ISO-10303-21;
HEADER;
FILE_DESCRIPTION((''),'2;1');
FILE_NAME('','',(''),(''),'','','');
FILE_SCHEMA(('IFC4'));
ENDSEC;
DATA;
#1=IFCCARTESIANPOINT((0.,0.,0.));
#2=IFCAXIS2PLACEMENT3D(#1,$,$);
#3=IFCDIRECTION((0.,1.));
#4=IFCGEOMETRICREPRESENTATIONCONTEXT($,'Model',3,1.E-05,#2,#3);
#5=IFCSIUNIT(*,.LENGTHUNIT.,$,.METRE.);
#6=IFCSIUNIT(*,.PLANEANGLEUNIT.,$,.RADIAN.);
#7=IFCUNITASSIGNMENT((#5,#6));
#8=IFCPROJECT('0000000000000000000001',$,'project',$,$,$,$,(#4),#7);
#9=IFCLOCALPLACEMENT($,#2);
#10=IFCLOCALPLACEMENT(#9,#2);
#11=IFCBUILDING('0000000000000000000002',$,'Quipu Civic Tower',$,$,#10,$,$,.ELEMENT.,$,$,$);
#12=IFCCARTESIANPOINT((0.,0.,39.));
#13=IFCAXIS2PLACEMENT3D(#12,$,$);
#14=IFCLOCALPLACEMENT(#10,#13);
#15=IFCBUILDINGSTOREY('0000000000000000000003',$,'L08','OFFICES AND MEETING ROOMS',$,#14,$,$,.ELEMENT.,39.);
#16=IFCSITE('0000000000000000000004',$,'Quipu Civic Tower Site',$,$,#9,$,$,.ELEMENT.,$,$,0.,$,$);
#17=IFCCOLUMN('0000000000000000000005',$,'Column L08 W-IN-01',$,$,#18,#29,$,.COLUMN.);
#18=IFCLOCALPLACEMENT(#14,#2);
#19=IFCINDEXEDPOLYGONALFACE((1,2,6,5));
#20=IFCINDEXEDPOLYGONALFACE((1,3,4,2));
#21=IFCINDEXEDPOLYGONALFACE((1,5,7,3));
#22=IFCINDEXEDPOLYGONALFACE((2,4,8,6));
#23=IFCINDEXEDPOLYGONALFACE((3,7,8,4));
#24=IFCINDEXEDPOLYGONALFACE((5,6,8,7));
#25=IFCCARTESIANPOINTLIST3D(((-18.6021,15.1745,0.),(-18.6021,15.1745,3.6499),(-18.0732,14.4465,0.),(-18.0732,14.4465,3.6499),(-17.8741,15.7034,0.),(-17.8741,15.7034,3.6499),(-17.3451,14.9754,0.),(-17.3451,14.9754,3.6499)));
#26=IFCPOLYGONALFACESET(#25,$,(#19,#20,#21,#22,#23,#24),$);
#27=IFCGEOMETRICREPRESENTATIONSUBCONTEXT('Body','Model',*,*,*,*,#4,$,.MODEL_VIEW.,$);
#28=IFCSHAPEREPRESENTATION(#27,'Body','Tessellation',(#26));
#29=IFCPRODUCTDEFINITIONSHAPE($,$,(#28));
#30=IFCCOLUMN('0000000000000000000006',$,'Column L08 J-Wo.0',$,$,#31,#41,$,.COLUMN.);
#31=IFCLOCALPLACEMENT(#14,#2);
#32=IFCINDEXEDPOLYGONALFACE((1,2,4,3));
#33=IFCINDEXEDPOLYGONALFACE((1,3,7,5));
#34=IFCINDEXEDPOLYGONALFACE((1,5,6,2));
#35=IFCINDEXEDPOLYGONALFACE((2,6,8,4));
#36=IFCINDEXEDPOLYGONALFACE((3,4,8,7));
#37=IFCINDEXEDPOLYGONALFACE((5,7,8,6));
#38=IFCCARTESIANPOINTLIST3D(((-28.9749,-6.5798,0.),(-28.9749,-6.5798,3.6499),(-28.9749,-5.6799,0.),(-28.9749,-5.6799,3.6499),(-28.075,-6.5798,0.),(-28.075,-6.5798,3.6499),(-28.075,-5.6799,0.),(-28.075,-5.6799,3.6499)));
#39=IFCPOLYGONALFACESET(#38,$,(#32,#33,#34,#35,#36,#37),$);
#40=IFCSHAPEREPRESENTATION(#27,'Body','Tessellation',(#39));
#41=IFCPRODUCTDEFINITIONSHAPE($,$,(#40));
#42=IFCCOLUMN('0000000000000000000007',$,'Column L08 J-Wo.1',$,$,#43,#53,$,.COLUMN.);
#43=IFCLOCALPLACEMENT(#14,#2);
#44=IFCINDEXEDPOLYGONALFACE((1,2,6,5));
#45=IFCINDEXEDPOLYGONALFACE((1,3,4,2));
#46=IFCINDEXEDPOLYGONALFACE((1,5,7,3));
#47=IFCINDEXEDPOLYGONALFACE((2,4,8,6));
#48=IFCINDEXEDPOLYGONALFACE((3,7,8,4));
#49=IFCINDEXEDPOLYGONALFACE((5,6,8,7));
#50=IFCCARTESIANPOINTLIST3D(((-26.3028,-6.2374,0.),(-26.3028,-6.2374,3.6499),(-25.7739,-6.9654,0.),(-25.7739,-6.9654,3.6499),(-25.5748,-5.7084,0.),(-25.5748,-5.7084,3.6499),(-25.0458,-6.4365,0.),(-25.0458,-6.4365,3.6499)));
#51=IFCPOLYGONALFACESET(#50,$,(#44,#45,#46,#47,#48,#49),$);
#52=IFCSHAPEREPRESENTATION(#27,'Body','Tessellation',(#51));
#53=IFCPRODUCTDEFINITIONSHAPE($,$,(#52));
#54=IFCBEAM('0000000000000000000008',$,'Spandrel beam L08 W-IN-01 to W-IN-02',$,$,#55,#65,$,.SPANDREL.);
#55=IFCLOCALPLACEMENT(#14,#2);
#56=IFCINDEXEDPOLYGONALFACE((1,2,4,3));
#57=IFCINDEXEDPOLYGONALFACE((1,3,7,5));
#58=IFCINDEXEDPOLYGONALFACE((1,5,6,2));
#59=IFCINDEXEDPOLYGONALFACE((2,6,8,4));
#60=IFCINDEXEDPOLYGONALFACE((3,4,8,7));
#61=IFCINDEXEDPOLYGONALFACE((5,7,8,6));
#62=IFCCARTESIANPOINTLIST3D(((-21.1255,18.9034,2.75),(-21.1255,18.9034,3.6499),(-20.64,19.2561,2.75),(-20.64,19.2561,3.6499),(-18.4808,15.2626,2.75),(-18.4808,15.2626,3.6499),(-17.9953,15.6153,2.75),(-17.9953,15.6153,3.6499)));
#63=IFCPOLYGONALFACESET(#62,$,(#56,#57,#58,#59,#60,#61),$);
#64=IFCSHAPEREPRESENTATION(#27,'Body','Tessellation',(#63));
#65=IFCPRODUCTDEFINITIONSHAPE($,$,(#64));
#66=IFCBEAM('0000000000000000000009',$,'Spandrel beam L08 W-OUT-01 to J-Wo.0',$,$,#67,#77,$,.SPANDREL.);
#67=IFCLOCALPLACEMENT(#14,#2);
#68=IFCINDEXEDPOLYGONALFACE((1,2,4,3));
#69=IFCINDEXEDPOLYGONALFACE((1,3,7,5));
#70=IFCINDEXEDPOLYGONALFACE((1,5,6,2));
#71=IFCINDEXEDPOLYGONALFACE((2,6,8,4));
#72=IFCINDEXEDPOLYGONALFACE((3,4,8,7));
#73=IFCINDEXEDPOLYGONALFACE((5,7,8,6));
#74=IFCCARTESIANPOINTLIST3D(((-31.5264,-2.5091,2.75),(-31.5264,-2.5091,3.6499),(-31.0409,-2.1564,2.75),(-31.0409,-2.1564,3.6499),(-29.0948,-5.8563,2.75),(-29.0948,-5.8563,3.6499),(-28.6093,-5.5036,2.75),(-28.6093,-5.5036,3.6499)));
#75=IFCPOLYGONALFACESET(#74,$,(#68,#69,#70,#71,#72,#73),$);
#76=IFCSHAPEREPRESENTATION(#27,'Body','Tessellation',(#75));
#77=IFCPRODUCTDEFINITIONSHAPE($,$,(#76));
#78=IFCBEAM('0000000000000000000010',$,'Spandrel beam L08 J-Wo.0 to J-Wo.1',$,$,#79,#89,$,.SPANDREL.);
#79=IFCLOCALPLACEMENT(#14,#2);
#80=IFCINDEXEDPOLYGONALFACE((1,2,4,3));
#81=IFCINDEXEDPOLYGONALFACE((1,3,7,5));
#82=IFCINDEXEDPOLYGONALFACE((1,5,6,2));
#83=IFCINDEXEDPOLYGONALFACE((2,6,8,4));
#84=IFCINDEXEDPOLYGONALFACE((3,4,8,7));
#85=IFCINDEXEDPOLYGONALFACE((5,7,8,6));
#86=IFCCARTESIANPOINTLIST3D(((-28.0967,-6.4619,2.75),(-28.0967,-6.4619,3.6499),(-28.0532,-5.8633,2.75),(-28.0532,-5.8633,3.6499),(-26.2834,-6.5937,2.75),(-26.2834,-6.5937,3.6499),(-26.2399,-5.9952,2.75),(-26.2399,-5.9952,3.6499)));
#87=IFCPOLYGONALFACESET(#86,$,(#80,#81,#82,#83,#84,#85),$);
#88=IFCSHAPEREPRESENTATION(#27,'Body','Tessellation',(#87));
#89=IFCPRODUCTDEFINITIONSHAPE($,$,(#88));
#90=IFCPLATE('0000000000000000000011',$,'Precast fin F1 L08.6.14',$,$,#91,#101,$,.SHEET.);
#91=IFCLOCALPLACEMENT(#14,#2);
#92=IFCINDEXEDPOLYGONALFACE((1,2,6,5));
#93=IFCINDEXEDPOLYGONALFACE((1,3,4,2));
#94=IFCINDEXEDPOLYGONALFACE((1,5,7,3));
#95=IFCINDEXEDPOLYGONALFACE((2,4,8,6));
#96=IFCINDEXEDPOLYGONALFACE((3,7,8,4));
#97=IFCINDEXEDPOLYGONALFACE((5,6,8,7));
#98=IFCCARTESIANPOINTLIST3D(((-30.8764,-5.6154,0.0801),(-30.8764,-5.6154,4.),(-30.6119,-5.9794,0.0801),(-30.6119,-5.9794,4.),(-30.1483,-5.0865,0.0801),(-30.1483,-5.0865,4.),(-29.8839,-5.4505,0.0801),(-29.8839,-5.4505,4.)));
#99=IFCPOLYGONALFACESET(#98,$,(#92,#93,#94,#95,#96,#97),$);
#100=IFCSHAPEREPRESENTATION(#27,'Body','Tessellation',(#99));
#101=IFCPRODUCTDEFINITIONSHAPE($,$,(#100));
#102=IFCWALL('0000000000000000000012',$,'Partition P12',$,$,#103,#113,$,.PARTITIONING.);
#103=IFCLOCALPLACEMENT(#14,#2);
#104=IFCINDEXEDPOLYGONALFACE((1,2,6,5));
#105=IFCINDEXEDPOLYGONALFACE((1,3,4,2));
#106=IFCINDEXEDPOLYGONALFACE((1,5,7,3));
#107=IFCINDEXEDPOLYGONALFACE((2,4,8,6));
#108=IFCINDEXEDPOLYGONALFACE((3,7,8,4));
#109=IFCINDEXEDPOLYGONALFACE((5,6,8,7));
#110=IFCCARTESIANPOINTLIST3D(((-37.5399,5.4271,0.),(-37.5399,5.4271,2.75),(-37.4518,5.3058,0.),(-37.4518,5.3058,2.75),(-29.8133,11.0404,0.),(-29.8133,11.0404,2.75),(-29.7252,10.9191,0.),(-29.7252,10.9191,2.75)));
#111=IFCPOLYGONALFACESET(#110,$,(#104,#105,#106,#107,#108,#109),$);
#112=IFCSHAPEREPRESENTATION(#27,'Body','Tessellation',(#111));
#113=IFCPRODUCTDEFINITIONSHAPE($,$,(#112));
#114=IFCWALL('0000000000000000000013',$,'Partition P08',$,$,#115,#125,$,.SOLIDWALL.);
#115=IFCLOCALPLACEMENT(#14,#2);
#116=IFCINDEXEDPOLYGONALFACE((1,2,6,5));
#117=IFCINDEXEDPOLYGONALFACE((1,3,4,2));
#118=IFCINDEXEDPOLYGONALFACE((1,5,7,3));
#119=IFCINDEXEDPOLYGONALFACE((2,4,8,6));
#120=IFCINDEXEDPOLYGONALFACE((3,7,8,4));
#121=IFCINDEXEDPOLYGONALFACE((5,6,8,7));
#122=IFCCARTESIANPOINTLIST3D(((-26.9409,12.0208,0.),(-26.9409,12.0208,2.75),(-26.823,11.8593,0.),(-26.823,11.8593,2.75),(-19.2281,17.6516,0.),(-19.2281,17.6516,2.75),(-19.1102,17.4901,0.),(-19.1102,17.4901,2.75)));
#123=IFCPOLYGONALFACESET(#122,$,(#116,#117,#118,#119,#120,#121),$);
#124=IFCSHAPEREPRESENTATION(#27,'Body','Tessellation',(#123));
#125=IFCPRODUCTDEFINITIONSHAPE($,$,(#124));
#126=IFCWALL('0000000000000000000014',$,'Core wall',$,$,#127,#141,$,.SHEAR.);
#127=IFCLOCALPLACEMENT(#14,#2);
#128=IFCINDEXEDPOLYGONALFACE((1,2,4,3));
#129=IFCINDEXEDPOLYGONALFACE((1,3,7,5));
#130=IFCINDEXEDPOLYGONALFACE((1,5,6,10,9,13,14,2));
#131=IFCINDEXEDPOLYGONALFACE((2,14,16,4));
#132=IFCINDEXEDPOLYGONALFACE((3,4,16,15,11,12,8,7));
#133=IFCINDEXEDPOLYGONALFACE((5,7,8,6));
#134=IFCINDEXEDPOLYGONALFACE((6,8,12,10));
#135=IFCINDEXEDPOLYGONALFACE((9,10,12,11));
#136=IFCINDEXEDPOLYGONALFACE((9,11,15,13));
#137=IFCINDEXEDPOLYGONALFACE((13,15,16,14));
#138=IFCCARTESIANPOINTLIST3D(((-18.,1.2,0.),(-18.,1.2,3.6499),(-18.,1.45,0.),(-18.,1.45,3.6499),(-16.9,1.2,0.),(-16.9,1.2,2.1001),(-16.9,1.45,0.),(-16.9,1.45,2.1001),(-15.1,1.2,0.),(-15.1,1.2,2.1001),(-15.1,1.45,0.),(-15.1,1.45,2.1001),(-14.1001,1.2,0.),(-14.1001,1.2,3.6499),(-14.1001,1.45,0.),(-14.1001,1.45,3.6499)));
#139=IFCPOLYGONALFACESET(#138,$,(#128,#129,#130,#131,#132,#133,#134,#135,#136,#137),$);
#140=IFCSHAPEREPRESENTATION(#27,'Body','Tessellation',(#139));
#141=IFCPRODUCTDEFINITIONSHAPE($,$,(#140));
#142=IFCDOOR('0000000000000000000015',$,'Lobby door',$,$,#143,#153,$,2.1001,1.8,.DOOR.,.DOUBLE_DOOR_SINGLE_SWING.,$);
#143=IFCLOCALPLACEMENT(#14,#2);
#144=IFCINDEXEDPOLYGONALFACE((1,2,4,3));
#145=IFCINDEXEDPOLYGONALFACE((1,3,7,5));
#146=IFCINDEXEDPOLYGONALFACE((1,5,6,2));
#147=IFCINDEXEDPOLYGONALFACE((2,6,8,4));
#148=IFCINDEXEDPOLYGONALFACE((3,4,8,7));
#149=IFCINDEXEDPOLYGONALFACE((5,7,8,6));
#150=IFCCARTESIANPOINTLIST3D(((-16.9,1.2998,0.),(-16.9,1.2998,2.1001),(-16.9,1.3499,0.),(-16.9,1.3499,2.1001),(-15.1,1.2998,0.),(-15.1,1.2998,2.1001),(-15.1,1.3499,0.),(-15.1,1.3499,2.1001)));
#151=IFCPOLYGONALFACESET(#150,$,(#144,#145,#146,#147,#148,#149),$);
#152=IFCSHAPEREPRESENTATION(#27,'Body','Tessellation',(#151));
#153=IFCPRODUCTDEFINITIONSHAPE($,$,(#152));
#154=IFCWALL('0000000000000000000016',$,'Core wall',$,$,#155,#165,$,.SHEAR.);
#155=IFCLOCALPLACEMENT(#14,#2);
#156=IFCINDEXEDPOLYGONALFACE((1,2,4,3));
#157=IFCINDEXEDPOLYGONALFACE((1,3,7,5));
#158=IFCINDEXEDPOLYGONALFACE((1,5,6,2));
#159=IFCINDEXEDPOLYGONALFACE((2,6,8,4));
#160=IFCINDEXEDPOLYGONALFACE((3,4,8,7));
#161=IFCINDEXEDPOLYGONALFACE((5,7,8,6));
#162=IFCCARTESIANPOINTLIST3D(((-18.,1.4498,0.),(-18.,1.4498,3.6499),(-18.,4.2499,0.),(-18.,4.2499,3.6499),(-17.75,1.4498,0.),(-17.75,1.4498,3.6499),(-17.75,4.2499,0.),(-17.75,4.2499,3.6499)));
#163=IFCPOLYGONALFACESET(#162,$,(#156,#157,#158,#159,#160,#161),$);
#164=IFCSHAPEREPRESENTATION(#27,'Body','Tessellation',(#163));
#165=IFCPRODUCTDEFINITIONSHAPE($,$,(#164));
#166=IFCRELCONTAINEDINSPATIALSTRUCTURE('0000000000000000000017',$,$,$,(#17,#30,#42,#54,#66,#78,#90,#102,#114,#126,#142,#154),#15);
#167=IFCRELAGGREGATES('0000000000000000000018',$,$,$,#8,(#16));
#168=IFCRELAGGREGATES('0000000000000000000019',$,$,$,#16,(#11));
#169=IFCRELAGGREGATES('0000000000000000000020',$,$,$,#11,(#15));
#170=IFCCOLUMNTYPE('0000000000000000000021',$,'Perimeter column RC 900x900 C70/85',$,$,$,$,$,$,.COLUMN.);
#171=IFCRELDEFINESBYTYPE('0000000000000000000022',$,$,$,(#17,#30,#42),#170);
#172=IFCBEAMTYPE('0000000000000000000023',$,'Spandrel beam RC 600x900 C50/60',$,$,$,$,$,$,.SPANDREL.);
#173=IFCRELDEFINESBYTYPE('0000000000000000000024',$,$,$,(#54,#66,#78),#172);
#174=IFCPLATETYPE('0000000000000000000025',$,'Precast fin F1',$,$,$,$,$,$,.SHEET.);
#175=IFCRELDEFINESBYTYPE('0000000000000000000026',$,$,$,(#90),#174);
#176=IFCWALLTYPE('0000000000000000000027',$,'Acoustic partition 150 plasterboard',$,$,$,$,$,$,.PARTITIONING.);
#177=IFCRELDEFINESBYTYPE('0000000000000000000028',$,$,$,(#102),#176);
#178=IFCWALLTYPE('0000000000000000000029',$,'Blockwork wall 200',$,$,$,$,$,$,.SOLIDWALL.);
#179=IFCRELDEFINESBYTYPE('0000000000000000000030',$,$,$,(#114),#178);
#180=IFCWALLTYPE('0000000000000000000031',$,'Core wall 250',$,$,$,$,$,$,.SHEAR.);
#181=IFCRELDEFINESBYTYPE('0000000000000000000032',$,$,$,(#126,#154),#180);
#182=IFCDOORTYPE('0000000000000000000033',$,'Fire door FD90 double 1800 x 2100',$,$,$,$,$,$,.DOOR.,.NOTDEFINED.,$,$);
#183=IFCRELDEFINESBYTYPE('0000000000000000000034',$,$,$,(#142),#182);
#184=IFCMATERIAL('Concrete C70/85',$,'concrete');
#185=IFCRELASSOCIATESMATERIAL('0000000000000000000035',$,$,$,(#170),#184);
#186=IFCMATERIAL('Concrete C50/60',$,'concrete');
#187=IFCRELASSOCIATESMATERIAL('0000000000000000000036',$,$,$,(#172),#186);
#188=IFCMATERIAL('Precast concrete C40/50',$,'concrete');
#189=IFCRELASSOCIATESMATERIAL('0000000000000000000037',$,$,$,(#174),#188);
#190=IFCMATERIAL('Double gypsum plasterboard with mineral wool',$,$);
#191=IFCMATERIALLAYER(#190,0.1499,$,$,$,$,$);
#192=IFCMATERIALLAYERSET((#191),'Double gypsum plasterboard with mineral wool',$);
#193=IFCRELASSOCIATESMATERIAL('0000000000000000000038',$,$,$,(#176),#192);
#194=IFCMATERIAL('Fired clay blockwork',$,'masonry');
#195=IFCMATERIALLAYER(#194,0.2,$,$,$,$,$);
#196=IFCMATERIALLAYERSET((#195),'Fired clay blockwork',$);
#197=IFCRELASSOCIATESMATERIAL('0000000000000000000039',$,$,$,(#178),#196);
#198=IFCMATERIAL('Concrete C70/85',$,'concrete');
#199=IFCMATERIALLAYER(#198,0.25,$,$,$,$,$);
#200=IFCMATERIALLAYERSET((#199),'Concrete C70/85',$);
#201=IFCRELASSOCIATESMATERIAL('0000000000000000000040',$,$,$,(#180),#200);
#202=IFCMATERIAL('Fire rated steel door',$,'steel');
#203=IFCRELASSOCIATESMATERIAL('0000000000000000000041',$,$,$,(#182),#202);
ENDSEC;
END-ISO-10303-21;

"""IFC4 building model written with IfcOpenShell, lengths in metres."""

from ifc_helpers import new_model, si_unit, direction, frame, frame_2d, origin, origin_2d, place, context, subcontext, project, spatial, rectangle, extrude, material, layer, layer_set, material_profile, profile_set, type_object, element, fill, save


model = new_model("IFC4")

# Units and contexts
model_context = context("Model", 3, precision=1e-05, world=origin(), true_north=direction((0.0, 1.0)))
body_context = subcontext(model_context, "Body", "Model", "MODEL_VIEW")
ifc_project = project(units=[si_unit("LENGTHUNIT", "METRE"), si_unit("PLANEANGLEUNIT", "RADIAN")], contexts=[model_context])

# Site, building, storey
site_placement = place(None, origin())
site = spatial("IfcSite", under=ifc_project, at=site_placement, Name="Quipu Civic Tower Site", CompositionType="ELEMENT", RefElevation=0.0)
building_placement = place(site_placement, origin())
building = spatial("IfcBuilding", under=site, at=building_placement, Name="Quipu Civic Tower", CompositionType="ELEMENT")
storey_placement = place(building_placement, frame((0.0, 0.0, 39.0)))
storey = spatial("IfcBuildingStorey", under=building, at=storey_placement, Name="L08", Description="OFFICES AND MEETING ROOMS", CompositionType="ELEMENT", Elevation=39.0)

# Columns
ifc_material_1 = material(Name="Concrete C70/85", Category="concrete")
ifc_material_profile_1 = material_profile(ifc_material_1, rectangle(XDim=0.8999, YDim=0.8999, at=origin_2d()), Name="RC900x900")
ifc_profile_set_1 = profile_set([ifc_material_profile_1], Name="Concrete C70/85")
column_type = type_object("IfcColumnType", Name="Perimeter column RC 900x900 C70/85", PredefinedType="COLUMN", material=ifc_profile_set_1)
for number, where, z_axis, x_axis, name in (
    (1, (-17.9736, 15.075, 0.0), (0.0, 0.0, 1.0), (-0.587785, 0.809017, 0.0), "Column L08 W-IN-01"),
    (2, (-28.5249, -6.1299, 0.0), (0.0, 0.0, 1.0), (1.0, 0.0, 0.0), "Column L08 J-Wo.0"),
    (3, (-25.6743, -6.3369, 0.0), (0.0, 0.0, 1.0), (0.587785, -0.809017, 0.0), "Column L08 J-Wo.1"),
):
    element("IfcColumn", number, at=place(storey_placement, frame(where, z_axis=z_axis, x_axis=x_axis)), inside=storey, type_object=column_type, Name=name, PredefinedType="COLUMN", context=body_context, shape_type="SweptSolid", body=[
        extrude(rectangle(XDim=0.8999, YDim=0.8999, at=origin_2d()), origin(), (0.0, 0.0, 1.0), 3.6499),
    ])

# Beams
ifc_material_2 = material(Name="Concrete C50/60", Category="concrete")
ifc_material_profile_2 = material_profile(ifc_material_2, rectangle(XDim=0.6001, YDim=0.8999, at=origin_2d()), Name="RC600x900")
ifc_profile_set_2 = profile_set([ifc_material_profile_2], Name="Concrete C50/60")
beam_type = type_object("IfcBeamType", Name="Spandrel beam RC 600x900 C50/60", PredefinedType="SPANDREL", material=ifc_profile_set_2)
beam_1_placement = place(storey_placement, frame((-18.238, 15.439, 3.2), z_axis=(-0.587717, 0.809067, 0.0), x_axis=(-0.809067, -0.587717, 0.0)))
element("IfcBeam", 4, at=beam_1_placement, inside=storey, type_object=beam_type, Name="Spandrel beam L08 W-IN-01 to W-IN-02", PredefinedType="SPANDREL", context=body_context, shape_type="SweptSolid", body=[
    extrude(rectangle(XDim=0.6001, YDim=0.8999, at=origin_2d()), origin(), (0.0, 0.0, 1.0), 4.5),
])
beam_2_placement = place(storey_placement, frame((-31.2837, -2.3328, 3.2), z_axis=(0.587751, -0.809042, 0.0), x_axis=(0.809042, 0.587751, 0.0)))
element("IfcBeam", 5, at=beam_2_placement, inside=storey, type_object=beam_type, Name="Spandrel beam L08 W-OUT-01 to J-Wo.0", PredefinedType="SPANDREL", context=body_context, shape_type="SweptSolid", body=[
    extrude(rectangle(XDim=0.6001, YDim=0.8999, at=origin_2d()), origin(), (0.0, 0.0, 1.0), 4.1372),
])
beam_3_placement = place(storey_placement, frame((-28.075, -6.1626, 3.2), z_axis=(0.997367, -0.072516, 0.0), x_axis=(0.072516, 0.997367, 0.0)))
element("IfcBeam", 6, at=beam_3_placement, inside=storey, type_object=beam_type, Name="Spandrel beam L08 J-Wo.0 to J-Wo.1", PredefinedType="SPANDREL", context=body_context, shape_type="SweptSolid", body=[
    extrude(rectangle(XDim=0.6001, YDim=0.8999, at=origin_2d()), origin(), (0.0, 0.0, 1.0), 1.8181),
])

# Plate
ifc_material_3 = material(Name="Precast concrete C40/50", Category="concrete")
plate_type = type_object("IfcPlateType", Name="Precast fin F1", PredefinedType="SHEET", material=ifc_material_3)
plate_placement = place(storey_placement, frame((-30.3801, -5.533, 0.0801), z_axis=(0.0, 0.0, 1.0), x_axis=(0.587787, -0.809016, 0.0)))
element("IfcPlate", 7, at=plate_placement, inside=storey, type_object=plate_type, Name="Precast fin F1 L08.6.14", PredefinedType="SHEET", context=body_context, shape_type="SweptSolid", body=[
    extrude(rectangle(XDim=0.45, YDim=0.8999, at=origin_2d()), origin(), (0.0, 0.0, 1.0), 3.9199),
])

# Walls
ifc_material_4 = material(Name="Double gypsum plasterboard with mineral wool")
ifc_layer_1 = layer(ifc_material_4, 0.1499)
ifc_layer_set_1 = layer_set([ifc_layer_1], Name="Double gypsum plasterboard with mineral wool")
wall_type_1 = type_object("IfcWallType", Name="Acoustic partition 150 plasterboard", PredefinedType="PARTITIONING", material=ifc_layer_set_1)
wall_1_placement = place(storey_placement, frame((-29.7693, 10.9797, 0.0), z_axis=(0.0, 0.0, 1.0), x_axis=(-0.809037, -0.587758, 0.0)))
element("IfcWall", 8, at=wall_1_placement, inside=storey, type_object=wall_type_1, Name="Partition P12", PredefinedType="PARTITIONING", context=body_context, shape_type="SweptSolid", body=[
    extrude(rectangle(XDim=9.5503, YDim=0.1499, at=frame_2d((4.7751, 0.0))), origin(), (0.0, 0.0, 1.0), 2.75),
])
ifc_material_5 = material(Name="Fired clay blockwork", Category="masonry")
ifc_layer_2 = layer(ifc_material_5, 0.2)
ifc_layer_set_2 = layer_set([ifc_layer_2], Name="Fired clay blockwork")
wall_type_2 = type_object("IfcWallType", Name="Blockwork wall 200", PredefinedType="SOLIDWALL", material=ifc_layer_set_2)
wall_2_placement = place(storey_placement, frame((-26.8821, 11.9399, 0.0), z_axis=(0.0, 0.0, 1.0), x_axis=(0.807665, 0.589642, 0.0)))
element("IfcWall", 9, at=wall_2_placement, inside=storey, type_object=wall_type_2, Name="Partition P08", PredefinedType="SOLIDWALL", context=body_context, shape_type="SweptSolid", body=[
    extrude(rectangle(XDim=9.5496, YDim=0.2, at=frame_2d((4.7749, 0.0))), origin(), (0.0, 0.0, 1.0), 2.75),
])

# Wall, opening, door
ifc_material_6 = material(Name="Concrete C70/85", Category="concrete")
ifc_layer_3 = layer(ifc_material_6, 0.25)
ifc_layer_set_3 = layer_set([ifc_layer_3], Name="Concrete C70/85")
wall_type_3 = type_object("IfcWallType", Name="Core wall 250", PredefinedType="SHEAR", material=ifc_layer_set_3)
wall_3_placement = place(storey_placement, frame((-18.0, 1.325, 0.0), z_axis=(0.0, 0.0, 1.0), x_axis=(1.0, 0.0, 0.0)))
wall_3 = element("IfcWall", 10, at=wall_3_placement, inside=storey, type_object=wall_type_3, Name="Core wall", PredefinedType="SHEAR", context=body_context, shape_type="SweptSolid", body=[
    extrude(rectangle(XDim=3.8999, YDim=0.25, at=frame_2d((1.95, 0.0))), origin(), (0.0, 0.0, 1.0), 3.6499),
])
opening_1_placement = place(wall_3_placement, frame((1.1001, 0.0, 0.0)))
opening_1 = element("IfcOpeningElement", 11, at=opening_1_placement, cuts=wall_3, PredefinedType="OPENING", context=body_context, shape_type="SweptSolid", body=[
    extrude(rectangle(XDim=1.8, YDim=2.1001, at=frame_2d((0.8999, 1.05))), frame((0.0, 0.135, 0.0), z_axis=(0.0, -1.0, 0.0), x_axis=(1.0, 0.0, 0.0)), (0.0, 0.0, 1.0), 0.27),
])
ifc_material_7 = material(Name="Fire rated steel door", Category="steel")
door_type_1 = type_object("IfcDoorType", Name="Fire door FD90 double 1800 x 2100", OperationType="NOTDEFINED", PredefinedType="DOOR", material=ifc_material_7)
door_1_placement = place(opening_1_placement, origin())
door_1 = element("IfcDoor", 12, at=door_1_placement, inside=storey, type_object=door_type_1, Name="Lobby door", OperationType="DOUBLE_DOOR_SINGLE_SWING", OverallHeight=2.1001, OverallWidth=1.8, PredefinedType="DOOR", context=body_context, shape_type="SweptSolid", body=[
    extrude(rectangle(XDim=1.8, YDim=2.1001, at=frame_2d((0.8999, 1.05))), frame((0.0, 0.0249, 0.0), z_axis=(0.0, -1.0, 0.0), x_axis=(1.0, 0.0, 0.0)), (0.0, 0.0, 1.0), 0.05),
])
fill(opening_1, door_1)

# Wall
wall_4_placement = place(storey_placement, frame((-17.875, 1.45, 0.0), z_axis=(0.0, 0.0, 1.0), x_axis=(0.0, 1.0, 0.0)))
element("IfcWall", 13, at=wall_4_placement, inside=storey, type_object=wall_type_3, Name="Core wall", PredefinedType="SHEAR", context=body_context, shape_type="SweptSolid", body=[
    extrude(rectangle(XDim=2.8, YDim=0.25, at=frame_2d((1.3999, 0.0))), origin(), (0.0, 0.0, 1.0), 3.6499),
])

save(model, "model.ifc")
